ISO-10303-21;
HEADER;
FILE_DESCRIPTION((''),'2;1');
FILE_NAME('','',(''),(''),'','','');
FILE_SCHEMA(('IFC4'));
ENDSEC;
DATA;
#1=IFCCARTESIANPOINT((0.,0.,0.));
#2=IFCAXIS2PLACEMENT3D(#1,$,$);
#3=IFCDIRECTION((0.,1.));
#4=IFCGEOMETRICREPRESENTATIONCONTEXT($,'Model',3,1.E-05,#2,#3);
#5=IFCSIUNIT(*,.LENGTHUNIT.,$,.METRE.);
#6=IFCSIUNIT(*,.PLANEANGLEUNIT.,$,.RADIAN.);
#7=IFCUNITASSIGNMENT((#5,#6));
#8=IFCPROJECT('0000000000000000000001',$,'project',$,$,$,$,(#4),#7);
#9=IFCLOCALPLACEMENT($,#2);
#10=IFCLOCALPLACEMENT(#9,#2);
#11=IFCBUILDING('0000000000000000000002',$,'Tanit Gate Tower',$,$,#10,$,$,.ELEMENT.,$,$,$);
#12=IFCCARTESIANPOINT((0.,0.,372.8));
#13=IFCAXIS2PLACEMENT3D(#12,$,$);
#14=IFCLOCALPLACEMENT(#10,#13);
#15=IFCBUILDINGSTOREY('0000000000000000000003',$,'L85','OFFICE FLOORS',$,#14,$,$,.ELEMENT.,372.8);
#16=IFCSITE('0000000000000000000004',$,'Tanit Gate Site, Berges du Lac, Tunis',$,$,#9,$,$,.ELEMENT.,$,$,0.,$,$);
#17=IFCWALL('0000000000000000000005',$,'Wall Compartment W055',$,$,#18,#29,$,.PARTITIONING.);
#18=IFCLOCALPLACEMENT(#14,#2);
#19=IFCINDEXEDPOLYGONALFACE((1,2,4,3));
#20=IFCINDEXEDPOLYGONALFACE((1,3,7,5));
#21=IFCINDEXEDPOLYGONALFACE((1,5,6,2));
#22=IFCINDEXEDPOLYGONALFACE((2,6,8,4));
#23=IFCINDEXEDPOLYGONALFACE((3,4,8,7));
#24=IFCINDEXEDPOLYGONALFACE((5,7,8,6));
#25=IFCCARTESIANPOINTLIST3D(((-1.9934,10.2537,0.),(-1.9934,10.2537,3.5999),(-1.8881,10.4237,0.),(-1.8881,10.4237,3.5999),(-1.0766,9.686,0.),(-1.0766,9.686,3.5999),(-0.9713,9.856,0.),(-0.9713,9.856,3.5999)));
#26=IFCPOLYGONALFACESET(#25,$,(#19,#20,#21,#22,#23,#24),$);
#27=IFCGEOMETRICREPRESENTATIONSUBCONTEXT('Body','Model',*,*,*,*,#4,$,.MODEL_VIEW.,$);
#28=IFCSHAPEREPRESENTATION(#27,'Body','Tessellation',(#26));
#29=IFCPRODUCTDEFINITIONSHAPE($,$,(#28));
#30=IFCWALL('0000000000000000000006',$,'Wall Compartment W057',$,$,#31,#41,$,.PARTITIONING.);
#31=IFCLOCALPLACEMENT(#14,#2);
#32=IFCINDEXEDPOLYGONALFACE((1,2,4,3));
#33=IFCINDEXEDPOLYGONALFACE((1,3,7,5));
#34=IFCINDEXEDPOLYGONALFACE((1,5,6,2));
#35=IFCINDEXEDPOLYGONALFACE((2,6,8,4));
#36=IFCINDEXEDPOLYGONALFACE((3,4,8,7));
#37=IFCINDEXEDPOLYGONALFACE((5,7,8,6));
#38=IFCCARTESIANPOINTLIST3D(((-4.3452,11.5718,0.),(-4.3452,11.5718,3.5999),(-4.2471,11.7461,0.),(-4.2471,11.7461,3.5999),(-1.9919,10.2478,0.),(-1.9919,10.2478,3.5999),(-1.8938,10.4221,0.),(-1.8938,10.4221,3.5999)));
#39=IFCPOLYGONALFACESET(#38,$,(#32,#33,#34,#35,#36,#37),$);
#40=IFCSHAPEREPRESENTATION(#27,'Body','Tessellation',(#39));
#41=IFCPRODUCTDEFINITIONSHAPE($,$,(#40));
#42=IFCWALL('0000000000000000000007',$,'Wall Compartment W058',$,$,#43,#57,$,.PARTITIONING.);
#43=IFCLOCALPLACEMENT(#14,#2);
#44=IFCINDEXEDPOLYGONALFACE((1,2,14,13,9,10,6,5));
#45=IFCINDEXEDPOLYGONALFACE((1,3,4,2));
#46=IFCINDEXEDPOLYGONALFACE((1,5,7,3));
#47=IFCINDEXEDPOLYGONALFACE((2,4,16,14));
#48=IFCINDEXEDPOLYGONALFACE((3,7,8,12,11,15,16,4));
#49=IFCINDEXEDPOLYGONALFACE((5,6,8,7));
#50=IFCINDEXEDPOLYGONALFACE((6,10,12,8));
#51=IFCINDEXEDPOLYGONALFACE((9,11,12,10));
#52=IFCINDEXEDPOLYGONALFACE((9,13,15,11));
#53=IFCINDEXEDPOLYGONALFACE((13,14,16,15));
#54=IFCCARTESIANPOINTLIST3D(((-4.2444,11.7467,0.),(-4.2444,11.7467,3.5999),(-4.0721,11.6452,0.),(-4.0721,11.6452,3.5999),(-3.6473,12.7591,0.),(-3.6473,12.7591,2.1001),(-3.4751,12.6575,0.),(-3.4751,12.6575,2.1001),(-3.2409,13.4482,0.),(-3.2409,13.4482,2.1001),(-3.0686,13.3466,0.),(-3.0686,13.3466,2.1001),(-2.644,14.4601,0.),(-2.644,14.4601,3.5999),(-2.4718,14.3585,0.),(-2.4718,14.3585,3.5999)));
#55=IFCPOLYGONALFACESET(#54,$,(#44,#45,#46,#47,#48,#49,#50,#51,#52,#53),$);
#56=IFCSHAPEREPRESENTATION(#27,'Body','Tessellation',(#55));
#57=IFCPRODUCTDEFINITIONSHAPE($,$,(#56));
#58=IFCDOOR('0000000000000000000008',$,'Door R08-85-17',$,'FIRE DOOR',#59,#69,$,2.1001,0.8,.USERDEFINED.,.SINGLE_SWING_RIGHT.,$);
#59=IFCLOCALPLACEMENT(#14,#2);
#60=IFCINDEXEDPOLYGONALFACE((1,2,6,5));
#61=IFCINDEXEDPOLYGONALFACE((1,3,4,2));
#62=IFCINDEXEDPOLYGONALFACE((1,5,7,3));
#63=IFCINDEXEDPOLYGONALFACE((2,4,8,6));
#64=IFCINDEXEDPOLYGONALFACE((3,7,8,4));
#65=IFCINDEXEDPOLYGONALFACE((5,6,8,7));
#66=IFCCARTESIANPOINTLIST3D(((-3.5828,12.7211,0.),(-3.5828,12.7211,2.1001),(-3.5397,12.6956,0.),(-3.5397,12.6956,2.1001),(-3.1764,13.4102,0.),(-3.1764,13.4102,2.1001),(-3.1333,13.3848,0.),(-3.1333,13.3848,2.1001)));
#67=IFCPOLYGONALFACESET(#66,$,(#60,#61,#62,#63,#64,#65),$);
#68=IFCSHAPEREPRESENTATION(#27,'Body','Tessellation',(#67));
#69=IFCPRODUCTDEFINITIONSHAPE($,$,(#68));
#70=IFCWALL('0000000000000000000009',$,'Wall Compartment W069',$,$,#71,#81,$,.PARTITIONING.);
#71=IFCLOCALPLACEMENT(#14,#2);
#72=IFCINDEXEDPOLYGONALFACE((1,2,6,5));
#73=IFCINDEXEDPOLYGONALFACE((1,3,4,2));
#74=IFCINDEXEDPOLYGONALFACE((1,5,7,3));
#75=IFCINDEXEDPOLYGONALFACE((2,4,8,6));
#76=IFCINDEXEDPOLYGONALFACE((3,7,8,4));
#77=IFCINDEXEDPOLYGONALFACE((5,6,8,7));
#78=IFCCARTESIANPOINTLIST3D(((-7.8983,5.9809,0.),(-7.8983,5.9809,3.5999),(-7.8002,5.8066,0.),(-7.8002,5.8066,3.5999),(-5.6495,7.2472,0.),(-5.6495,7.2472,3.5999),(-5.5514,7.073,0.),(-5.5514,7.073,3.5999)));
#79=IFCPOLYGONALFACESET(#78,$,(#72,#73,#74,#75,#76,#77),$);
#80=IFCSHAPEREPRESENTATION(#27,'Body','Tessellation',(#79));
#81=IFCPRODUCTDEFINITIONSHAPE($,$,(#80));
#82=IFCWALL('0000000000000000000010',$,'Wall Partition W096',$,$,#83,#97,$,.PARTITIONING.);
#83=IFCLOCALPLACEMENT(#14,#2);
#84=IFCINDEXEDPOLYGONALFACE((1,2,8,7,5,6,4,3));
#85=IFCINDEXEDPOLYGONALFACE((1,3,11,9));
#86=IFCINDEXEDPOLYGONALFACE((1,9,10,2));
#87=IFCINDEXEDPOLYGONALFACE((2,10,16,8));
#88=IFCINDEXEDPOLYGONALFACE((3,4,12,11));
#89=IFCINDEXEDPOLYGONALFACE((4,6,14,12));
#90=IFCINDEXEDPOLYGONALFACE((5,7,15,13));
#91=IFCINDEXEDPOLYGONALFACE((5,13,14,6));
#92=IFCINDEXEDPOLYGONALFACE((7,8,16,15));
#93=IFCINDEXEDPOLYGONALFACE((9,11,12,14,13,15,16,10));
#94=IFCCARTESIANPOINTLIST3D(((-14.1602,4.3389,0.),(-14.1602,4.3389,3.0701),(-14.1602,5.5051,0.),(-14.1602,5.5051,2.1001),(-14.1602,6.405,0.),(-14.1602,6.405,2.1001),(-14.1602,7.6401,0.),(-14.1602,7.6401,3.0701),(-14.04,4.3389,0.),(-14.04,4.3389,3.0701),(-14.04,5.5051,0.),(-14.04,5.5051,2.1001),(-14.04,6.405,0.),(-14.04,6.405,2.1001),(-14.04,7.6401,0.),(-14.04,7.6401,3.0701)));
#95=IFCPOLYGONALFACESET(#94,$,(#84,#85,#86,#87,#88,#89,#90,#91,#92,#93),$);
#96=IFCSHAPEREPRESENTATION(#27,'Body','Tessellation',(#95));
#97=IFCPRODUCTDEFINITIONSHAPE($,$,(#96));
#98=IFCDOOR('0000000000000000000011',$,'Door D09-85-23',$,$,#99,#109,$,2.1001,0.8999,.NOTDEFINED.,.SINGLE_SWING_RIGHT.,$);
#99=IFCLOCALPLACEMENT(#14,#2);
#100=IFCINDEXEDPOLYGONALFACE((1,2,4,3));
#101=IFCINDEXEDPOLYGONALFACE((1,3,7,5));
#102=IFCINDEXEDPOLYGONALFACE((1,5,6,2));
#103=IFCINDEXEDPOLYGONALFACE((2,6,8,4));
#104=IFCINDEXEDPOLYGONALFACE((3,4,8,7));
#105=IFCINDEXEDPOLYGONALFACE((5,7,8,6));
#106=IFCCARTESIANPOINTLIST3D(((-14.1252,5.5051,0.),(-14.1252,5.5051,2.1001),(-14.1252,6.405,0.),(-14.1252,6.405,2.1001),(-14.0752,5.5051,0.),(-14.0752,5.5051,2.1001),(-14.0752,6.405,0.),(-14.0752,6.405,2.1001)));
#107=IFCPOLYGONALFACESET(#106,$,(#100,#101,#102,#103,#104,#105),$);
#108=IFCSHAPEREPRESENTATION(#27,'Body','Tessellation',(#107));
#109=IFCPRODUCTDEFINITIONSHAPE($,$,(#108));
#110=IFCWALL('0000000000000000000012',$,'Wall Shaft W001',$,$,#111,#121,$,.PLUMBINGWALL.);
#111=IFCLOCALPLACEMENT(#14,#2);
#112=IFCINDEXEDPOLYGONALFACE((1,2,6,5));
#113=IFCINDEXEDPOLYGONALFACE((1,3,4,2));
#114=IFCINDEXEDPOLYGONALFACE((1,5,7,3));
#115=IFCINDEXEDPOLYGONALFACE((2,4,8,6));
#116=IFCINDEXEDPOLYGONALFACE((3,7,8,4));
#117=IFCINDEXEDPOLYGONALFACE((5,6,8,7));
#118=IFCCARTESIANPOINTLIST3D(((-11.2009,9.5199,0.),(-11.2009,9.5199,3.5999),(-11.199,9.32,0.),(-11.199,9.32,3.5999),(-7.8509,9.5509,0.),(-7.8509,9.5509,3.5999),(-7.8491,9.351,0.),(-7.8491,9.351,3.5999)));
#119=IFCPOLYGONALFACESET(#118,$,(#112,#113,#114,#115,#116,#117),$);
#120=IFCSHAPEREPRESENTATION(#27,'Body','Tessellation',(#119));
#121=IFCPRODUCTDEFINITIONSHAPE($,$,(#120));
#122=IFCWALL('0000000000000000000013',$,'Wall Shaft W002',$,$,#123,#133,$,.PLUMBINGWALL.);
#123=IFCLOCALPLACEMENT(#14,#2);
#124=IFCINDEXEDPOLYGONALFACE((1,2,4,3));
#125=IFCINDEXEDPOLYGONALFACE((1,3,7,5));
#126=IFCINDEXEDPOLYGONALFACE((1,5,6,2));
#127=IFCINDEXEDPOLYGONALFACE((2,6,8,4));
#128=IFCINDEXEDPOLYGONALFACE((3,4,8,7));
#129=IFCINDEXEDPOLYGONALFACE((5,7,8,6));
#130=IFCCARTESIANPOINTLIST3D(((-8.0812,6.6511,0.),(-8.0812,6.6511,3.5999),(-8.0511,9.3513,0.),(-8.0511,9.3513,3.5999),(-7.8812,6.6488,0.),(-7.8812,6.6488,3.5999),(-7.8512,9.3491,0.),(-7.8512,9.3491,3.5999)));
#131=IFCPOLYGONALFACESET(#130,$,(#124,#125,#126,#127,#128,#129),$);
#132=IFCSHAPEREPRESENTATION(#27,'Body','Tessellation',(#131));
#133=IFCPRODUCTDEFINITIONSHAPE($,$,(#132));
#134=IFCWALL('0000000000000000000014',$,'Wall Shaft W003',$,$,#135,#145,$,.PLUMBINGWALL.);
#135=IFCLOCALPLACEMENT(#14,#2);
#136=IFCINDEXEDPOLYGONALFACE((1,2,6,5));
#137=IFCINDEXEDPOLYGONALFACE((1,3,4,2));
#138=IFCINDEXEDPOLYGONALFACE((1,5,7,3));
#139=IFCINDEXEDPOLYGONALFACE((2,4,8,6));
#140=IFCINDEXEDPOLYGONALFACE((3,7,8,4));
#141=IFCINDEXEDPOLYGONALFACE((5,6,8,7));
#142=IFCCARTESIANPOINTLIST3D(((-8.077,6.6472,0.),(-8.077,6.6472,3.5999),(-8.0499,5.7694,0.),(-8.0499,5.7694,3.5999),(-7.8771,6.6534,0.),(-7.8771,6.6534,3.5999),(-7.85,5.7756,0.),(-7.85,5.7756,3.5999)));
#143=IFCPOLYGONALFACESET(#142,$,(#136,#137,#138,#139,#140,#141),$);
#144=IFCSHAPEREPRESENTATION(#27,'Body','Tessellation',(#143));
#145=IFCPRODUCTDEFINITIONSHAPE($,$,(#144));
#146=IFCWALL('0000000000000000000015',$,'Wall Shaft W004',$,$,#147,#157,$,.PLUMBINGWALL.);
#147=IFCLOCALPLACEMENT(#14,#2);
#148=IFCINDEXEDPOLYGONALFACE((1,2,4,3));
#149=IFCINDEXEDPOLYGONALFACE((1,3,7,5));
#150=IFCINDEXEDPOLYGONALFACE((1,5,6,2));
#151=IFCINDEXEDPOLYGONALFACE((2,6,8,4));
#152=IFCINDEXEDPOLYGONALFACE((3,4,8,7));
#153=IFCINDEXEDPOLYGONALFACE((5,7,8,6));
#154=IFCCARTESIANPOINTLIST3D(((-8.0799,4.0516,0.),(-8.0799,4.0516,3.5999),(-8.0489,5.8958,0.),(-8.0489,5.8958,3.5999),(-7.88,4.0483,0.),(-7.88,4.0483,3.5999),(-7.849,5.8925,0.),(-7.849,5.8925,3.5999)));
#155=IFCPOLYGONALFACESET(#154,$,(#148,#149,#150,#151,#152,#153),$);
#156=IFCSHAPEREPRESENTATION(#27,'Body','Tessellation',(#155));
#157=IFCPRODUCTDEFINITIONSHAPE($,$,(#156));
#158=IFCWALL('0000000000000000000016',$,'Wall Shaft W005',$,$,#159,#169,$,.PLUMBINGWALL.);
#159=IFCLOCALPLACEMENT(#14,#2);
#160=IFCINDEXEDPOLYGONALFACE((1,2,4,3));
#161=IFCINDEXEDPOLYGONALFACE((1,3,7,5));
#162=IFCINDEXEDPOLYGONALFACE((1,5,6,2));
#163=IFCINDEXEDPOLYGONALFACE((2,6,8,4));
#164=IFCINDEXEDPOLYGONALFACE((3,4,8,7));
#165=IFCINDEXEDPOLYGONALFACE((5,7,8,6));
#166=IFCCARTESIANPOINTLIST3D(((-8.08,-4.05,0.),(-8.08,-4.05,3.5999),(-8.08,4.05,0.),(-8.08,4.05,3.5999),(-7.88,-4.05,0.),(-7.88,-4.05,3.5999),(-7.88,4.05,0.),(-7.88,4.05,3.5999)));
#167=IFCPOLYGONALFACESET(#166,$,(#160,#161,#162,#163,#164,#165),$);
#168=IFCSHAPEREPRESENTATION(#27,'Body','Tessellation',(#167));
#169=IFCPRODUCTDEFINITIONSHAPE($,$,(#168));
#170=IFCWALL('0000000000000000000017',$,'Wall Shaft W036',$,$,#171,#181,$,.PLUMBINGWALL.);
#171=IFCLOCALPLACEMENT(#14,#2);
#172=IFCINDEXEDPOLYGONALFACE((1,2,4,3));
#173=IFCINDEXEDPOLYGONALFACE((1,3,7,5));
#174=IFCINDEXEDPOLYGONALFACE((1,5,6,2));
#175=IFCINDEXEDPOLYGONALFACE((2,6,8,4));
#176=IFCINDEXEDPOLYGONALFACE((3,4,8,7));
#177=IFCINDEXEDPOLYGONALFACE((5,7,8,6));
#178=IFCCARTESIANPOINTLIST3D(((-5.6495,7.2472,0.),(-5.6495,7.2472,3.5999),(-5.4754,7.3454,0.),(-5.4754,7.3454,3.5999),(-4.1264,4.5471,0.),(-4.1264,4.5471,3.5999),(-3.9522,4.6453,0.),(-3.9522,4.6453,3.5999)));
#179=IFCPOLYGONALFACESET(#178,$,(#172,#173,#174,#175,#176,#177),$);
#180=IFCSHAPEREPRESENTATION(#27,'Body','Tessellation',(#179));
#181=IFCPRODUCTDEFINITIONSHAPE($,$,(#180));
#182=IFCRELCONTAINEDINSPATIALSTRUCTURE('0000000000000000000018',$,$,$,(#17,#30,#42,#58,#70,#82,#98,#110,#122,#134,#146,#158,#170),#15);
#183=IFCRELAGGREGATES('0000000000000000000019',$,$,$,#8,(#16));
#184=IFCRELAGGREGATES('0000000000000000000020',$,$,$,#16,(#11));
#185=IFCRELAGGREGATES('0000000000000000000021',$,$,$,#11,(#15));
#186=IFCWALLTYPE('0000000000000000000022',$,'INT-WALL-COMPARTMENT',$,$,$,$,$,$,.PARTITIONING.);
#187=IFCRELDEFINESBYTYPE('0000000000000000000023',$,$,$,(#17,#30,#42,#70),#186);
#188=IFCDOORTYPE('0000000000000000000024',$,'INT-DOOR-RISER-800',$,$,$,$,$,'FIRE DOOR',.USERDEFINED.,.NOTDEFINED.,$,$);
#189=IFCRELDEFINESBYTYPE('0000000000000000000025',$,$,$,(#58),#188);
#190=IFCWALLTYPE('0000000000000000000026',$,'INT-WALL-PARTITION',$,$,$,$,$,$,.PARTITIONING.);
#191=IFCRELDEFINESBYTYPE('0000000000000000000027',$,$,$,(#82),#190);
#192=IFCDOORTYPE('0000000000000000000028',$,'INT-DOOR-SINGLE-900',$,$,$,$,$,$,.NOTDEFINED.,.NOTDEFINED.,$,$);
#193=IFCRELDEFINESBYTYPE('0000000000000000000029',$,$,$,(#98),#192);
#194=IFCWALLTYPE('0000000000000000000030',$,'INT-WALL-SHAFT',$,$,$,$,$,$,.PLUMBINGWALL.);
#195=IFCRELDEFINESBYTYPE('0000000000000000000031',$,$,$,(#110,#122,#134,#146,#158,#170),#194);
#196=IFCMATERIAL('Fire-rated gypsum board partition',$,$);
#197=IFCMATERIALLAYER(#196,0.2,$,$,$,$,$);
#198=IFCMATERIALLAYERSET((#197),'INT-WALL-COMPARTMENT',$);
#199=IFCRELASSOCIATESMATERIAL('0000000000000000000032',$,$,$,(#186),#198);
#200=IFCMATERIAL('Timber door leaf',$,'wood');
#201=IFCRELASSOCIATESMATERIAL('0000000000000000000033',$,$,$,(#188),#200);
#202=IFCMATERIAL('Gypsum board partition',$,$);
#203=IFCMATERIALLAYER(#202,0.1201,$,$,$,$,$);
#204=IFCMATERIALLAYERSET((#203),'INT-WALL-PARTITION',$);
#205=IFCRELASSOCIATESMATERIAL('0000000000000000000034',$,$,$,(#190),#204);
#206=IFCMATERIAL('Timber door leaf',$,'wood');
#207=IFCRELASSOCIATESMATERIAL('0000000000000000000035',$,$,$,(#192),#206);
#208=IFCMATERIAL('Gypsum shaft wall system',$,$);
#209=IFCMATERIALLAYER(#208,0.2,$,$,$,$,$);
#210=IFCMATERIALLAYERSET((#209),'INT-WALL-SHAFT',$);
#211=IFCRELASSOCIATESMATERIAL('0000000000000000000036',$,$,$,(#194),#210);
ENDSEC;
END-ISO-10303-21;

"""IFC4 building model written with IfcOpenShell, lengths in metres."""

from ifc_helpers import new_model, si_unit, direction, frame, frame_2d, origin, place, context, subcontext, project, spatial, rectangle, extrude, material, layer, layer_set, type_object, element, fill, save


model = new_model("IFC4")

# Units and contexts
model_context = context("Model", 3, precision=1e-05, world=origin(), true_north=direction((0.0, 1.0)))
body_context = subcontext(model_context, "Body", "Model", "MODEL_VIEW")
ifc_project = project(units=[si_unit("LENGTHUNIT", "METRE"), si_unit("PLANEANGLEUNIT", "RADIAN")], contexts=[model_context])

# Site, building, storey
site_placement = place(None, origin())
site = spatial("IfcSite", under=ifc_project, at=site_placement, Name="Tanit Gate Site, Berges du Lac, Tunis", CompositionType="ELEMENT", RefElevation=0.0)
building_placement = place(site_placement, origin())
building = spatial("IfcBuilding", under=site, at=building_placement, Name="Tanit Gate Tower", CompositionType="ELEMENT")
storey_placement = place(building_placement, frame((0.0, 0.0, 372.8)))
storey = spatial("IfcBuildingStorey", under=building, at=storey_placement, Name="L85", Description="OFFICE FLOORS", CompositionType="ELEMENT", Elevation=372.8)

# Walls
ifc_material_1 = material(Name="Fire-rated gypsum board partition")
ifc_layer_1 = layer(ifc_material_1, 0.2)
ifc_layer_set_1 = layer_set([ifc_layer_1], Name="INT-WALL-COMPARTMENT")
wall_type_1 = type_object("IfcWallType", Name="INT-WALL-COMPARTMENT", PredefinedType="PARTITIONING", material=ifc_layer_set_1)
wall_1_placement = place(storey_placement, frame((-1.9407, 10.3386, 0.0), z_axis=(0.0, 0.0, 1.0), x_axis=(0.850217, -0.526433, 0.0)))
element("IfcWall", 1, at=wall_1_placement, inside=storey, type_object=wall_type_1, Name="Wall Compartment W055", PredefinedType="PARTITIONING", context=body_context, shape_type="SweptSolid", body=[
    extrude(rectangle(XDim=1.0784, YDim=0.2, at=frame_2d((0.5391, 0.0))), origin(), (0.0, 0.0, 1.0), 3.5999),
])
wall_2_placement = place(storey_placement, frame((-4.2961, 11.6589, 0.0), z_axis=(0.0, 0.0, 1.0), x_axis=(0.871534, -0.490334, 0.0)))
element("IfcWall", 2, at=wall_2_placement, inside=storey, type_object=wall_type_1, Name="Wall Compartment W057", PredefinedType="PARTITIONING", context=body_context, shape_type="SweptSolid", body=[
    extrude(rectangle(XDim=2.7002, YDim=0.2, at=frame_2d((1.3501, 0.0))), origin(), (0.0, 0.0, 1.0), 3.5999),
])

# Wall, opening, door
wall_3_placement = place(storey_placement, frame((-2.5579, 14.4094, 0.0), z_axis=(0.0, 0.0, 1.0), x_axis=(-0.508019, -0.861346, 0.0)))
wall_3 = element("IfcWall", 3, at=wall_3_placement, inside=storey, type_object=wall_type_1, Name="Wall Compartment W058", PredefinedType="PARTITIONING", context=body_context, shape_type="SweptSolid", body=[
    extrude(rectangle(XDim=3.1501, YDim=0.2, at=frame_2d((1.5752, 0.0))), origin(), (0.0, 0.0, 1.0), 3.5999),
])
opening_1_placement = place(wall_3_placement, frame((1.175, 0.0, 0.0)))
opening_1 = element("IfcOpeningElement", 4, at=opening_1_placement, cuts=wall_3, PredefinedType="OPENING", context=body_context, shape_type="SweptSolid", body=[
    extrude(rectangle(XDim=0.8, YDim=2.1001, at=frame_2d((0.3999, 1.05))), frame((0.0, 0.1099, 0.0), z_axis=(0.0, -1.0, 0.0), x_axis=(1.0, 0.0, 0.0)), (0.0, 0.0, 1.0), 0.22),
])
ifc_material_2 = material(Name="Timber door leaf", Category="wood")
door_type_1 = type_object("IfcDoorType", Name="INT-DOOR-RISER-800", ElementType="FIRE DOOR", OperationType="NOTDEFINED", PredefinedType="USERDEFINED", material=ifc_material_2)
door_1_placement = place(opening_1_placement, origin())
door_1 = element("IfcDoor", 5, at=door_1_placement, inside=storey, type_object=door_type_1, Name="Door R08-85-17", ObjectType="FIRE DOOR", OperationType="SINGLE_SWING_RIGHT", OverallHeight=2.1001, OverallWidth=0.8, PredefinedType="USERDEFINED", context=body_context, shape_type="SweptSolid", body=[
    extrude(rectangle(XDim=0.8, YDim=2.1001, at=frame_2d((0.3999, 1.05))), frame((0.0, 0.0249, 0.0), z_axis=(0.0, -1.0, 0.0), x_axis=(1.0, 0.0, 0.0)), (0.0, 0.0, 1.0), 0.05),
])
fill(opening_1, door_1)

# Wall
wall_4_placement = place(storey_placement, frame((-5.6003, 7.1602, 0.0), z_axis=(0.0, 0.0, 1.0), x_axis=(-0.87134, -0.490679, 0.0)))
element("IfcWall", 6, at=wall_4_placement, inside=storey, type_object=wall_type_1, Name="Wall Compartment W069", PredefinedType="PARTITIONING", context=body_context, shape_type="SweptSolid", body=[
    extrude(rectangle(XDim=2.5808, YDim=0.2, at=frame_2d((1.2905, 0.0))), origin(), (0.0, 0.0, 1.0), 3.5999),
])

# Wall, opening, door
ifc_material_3 = material(Name="Gypsum board partition")
ifc_layer_2 = layer(ifc_material_3, 0.1201)
ifc_layer_set_2 = layer_set([ifc_layer_2], Name="INT-WALL-PARTITION")
wall_type_2 = type_object("IfcWallType", Name="INT-WALL-PARTITION", PredefinedType="PARTITIONING", material=ifc_layer_set_2)
wall_5_placement = place(storey_placement, frame((-14.1001, 7.6401, 0.0), z_axis=(0.0, 0.0, 1.0), x_axis=(0.0, -1.0, 0.0)))
wall_5 = element("IfcWall", 7, at=wall_5_placement, inside=storey, type_object=wall_type_2, Name="Wall Partition W096", PredefinedType="PARTITIONING", context=body_context, shape_type="SweptSolid", body=[
    extrude(rectangle(XDim=3.3013, YDim=0.1201, at=frame_2d((1.6506, 0.0))), origin(), (0.0, 0.0, 1.0), 3.0701),
])
opening_2_placement = place(wall_5_placement, frame((1.2351, 0.0, 0.0)))
opening_2 = element("IfcOpeningElement", 8, at=opening_2_placement, cuts=wall_5, PredefinedType="OPENING", context=body_context, shape_type="SweptSolid", body=[
    extrude(rectangle(XDim=0.8999, YDim=2.1001, at=frame_2d((0.45, 1.05))), frame((0.0, 0.0701, 0.0), z_axis=(0.0, -1.0, 0.0), x_axis=(1.0, 0.0, 0.0)), (0.0, 0.0, 1.0), 0.1401),
])
ifc_material_4 = material(Name="Timber door leaf", Category="wood")
door_type_2 = type_object("IfcDoorType", Name="INT-DOOR-SINGLE-900", OperationType="NOTDEFINED", PredefinedType="NOTDEFINED", material=ifc_material_4)
door_2_placement = place(opening_2_placement, origin())
door_2 = element("IfcDoor", 9, at=door_2_placement, inside=storey, type_object=door_type_2, Name="Door D09-85-23", OperationType="SINGLE_SWING_RIGHT", OverallHeight=2.1001, OverallWidth=0.8999, PredefinedType="NOTDEFINED", context=body_context, shape_type="SweptSolid", body=[
    extrude(rectangle(XDim=0.8999, YDim=2.1001, at=frame_2d((0.45, 1.05))), frame((0.0, 0.0249, 0.0), z_axis=(0.0, -1.0, 0.0), x_axis=(1.0, 0.0, 0.0)), (0.0, 0.0, 1.0), 0.05),
])
fill(opening_2, door_2)

# Walls
ifc_material_5 = material(Name="Gypsum shaft wall system")
ifc_layer_3 = layer(ifc_material_5, 0.2)
ifc_layer_set_3 = layer_set([ifc_layer_3], Name="INT-WALL-SHAFT")
wall_type_3 = type_object("IfcWallType", Name="INT-WALL-SHAFT", PredefinedType="PLUMBINGWALL", material=ifc_layer_set_3)
wall_6_placement = place(storey_placement, frame((-11.2, 9.4199, 0.0), z_axis=(0.0, 0.0, 1.0), x_axis=(0.999957, 0.009255, 0.0)))
element("IfcWall", 10, at=wall_6_placement, inside=storey, type_object=wall_type_3, Name="Wall Shaft W001", PredefinedType="PLUMBINGWALL", context=body_context, shape_type="SweptSolid", body=[
    extrude(rectangle(XDim=3.3501, YDim=0.2, at=frame_2d((1.675, 0.0))), origin(), (0.0, 0.0, 1.0), 3.5999),
])
wall_7_placement = place(storey_placement, frame((-7.9512, 9.3501, 0.0), z_axis=(0.0, 0.0, 1.0), x_axis=(-0.01112, -0.999938, 0.0)))
element("IfcWall", 11, at=wall_7_placement, inside=storey, type_object=wall_type_3, Name="Wall Shaft W002", PredefinedType="PLUMBINGWALL", context=body_context, shape_type="SweptSolid", body=[
    extrude(rectangle(XDim=2.7004, YDim=0.2, at=frame_2d((1.3501, 0.0))), origin(), (0.0, 0.0, 1.0), 3.5999),
])
wall_8_placement = place(storey_placement, frame((-7.9771, 6.6501, 0.0), z_axis=(0.0, 0.0, 1.0), x_axis=(0.030862, -0.999524, 0.0)))
element("IfcWall", 12, at=wall_8_placement, inside=storey, type_object=wall_type_3, Name="Wall Shaft W003", PredefinedType="PLUMBINGWALL", context=body_context, shape_type="SweptSolid", body=[
    extrude(rectangle(XDim=0.8782, YDim=0.2, at=frame_2d((0.439, 0.0))), origin(), (0.0, 0.0, 1.0), 3.5999),
])
wall_9_placement = place(storey_placement, frame((-7.949, 5.8943, 0.0), z_axis=(0.0, 0.0, 1.0), x_axis=(-0.01681, -0.999859, 0.0)))
element("IfcWall", 13, at=wall_9_placement, inside=storey, type_object=wall_type_3, Name="Wall Shaft W004", PredefinedType="PLUMBINGWALL", context=body_context, shape_type="SweptSolid", body=[
    extrude(rectangle(XDim=1.8445, YDim=0.2, at=frame_2d((0.9224, 0.0))), origin(), (0.0, 0.0, 1.0), 3.5999),
])
wall_10_placement = place(storey_placement, frame((-7.98, 4.05, 0.0), z_axis=(0.0, 0.0, 1.0), x_axis=(0.0, -1.0, 0.0)))
element("IfcWall", 14, at=wall_10_placement, inside=storey, type_object=wall_type_3, Name="Wall Shaft W005", PredefinedType="PLUMBINGWALL", context=body_context, shape_type="SweptSolid", body=[
    extrude(rectangle(XDim=8.1001, YDim=0.2, at=frame_2d((4.05, 0.0))), origin(), (0.0, 0.0, 1.0), 3.5999),
])

# Wall
wall_11_placement = place(storey_placement, frame((-4.0393, 4.5962, 0.0), z_axis=(0.0, 0.0, 1.0), x_axis=(-0.491323, 0.870978, 0.0)))
element("IfcWall", 15, at=wall_11_placement, inside=storey, type_object=wall_type_3, Name="Wall Shaft W036", PredefinedType="PLUMBINGWALL", context=body_context, shape_type="SweptSolid", body=[
    extrude(rectangle(XDim=3.1001, YDim=0.2, at=frame_2d((1.55, 0.0))), origin(), (0.0, 0.0, 1.0), 3.5999),
])

save(model, "model.ifc")
